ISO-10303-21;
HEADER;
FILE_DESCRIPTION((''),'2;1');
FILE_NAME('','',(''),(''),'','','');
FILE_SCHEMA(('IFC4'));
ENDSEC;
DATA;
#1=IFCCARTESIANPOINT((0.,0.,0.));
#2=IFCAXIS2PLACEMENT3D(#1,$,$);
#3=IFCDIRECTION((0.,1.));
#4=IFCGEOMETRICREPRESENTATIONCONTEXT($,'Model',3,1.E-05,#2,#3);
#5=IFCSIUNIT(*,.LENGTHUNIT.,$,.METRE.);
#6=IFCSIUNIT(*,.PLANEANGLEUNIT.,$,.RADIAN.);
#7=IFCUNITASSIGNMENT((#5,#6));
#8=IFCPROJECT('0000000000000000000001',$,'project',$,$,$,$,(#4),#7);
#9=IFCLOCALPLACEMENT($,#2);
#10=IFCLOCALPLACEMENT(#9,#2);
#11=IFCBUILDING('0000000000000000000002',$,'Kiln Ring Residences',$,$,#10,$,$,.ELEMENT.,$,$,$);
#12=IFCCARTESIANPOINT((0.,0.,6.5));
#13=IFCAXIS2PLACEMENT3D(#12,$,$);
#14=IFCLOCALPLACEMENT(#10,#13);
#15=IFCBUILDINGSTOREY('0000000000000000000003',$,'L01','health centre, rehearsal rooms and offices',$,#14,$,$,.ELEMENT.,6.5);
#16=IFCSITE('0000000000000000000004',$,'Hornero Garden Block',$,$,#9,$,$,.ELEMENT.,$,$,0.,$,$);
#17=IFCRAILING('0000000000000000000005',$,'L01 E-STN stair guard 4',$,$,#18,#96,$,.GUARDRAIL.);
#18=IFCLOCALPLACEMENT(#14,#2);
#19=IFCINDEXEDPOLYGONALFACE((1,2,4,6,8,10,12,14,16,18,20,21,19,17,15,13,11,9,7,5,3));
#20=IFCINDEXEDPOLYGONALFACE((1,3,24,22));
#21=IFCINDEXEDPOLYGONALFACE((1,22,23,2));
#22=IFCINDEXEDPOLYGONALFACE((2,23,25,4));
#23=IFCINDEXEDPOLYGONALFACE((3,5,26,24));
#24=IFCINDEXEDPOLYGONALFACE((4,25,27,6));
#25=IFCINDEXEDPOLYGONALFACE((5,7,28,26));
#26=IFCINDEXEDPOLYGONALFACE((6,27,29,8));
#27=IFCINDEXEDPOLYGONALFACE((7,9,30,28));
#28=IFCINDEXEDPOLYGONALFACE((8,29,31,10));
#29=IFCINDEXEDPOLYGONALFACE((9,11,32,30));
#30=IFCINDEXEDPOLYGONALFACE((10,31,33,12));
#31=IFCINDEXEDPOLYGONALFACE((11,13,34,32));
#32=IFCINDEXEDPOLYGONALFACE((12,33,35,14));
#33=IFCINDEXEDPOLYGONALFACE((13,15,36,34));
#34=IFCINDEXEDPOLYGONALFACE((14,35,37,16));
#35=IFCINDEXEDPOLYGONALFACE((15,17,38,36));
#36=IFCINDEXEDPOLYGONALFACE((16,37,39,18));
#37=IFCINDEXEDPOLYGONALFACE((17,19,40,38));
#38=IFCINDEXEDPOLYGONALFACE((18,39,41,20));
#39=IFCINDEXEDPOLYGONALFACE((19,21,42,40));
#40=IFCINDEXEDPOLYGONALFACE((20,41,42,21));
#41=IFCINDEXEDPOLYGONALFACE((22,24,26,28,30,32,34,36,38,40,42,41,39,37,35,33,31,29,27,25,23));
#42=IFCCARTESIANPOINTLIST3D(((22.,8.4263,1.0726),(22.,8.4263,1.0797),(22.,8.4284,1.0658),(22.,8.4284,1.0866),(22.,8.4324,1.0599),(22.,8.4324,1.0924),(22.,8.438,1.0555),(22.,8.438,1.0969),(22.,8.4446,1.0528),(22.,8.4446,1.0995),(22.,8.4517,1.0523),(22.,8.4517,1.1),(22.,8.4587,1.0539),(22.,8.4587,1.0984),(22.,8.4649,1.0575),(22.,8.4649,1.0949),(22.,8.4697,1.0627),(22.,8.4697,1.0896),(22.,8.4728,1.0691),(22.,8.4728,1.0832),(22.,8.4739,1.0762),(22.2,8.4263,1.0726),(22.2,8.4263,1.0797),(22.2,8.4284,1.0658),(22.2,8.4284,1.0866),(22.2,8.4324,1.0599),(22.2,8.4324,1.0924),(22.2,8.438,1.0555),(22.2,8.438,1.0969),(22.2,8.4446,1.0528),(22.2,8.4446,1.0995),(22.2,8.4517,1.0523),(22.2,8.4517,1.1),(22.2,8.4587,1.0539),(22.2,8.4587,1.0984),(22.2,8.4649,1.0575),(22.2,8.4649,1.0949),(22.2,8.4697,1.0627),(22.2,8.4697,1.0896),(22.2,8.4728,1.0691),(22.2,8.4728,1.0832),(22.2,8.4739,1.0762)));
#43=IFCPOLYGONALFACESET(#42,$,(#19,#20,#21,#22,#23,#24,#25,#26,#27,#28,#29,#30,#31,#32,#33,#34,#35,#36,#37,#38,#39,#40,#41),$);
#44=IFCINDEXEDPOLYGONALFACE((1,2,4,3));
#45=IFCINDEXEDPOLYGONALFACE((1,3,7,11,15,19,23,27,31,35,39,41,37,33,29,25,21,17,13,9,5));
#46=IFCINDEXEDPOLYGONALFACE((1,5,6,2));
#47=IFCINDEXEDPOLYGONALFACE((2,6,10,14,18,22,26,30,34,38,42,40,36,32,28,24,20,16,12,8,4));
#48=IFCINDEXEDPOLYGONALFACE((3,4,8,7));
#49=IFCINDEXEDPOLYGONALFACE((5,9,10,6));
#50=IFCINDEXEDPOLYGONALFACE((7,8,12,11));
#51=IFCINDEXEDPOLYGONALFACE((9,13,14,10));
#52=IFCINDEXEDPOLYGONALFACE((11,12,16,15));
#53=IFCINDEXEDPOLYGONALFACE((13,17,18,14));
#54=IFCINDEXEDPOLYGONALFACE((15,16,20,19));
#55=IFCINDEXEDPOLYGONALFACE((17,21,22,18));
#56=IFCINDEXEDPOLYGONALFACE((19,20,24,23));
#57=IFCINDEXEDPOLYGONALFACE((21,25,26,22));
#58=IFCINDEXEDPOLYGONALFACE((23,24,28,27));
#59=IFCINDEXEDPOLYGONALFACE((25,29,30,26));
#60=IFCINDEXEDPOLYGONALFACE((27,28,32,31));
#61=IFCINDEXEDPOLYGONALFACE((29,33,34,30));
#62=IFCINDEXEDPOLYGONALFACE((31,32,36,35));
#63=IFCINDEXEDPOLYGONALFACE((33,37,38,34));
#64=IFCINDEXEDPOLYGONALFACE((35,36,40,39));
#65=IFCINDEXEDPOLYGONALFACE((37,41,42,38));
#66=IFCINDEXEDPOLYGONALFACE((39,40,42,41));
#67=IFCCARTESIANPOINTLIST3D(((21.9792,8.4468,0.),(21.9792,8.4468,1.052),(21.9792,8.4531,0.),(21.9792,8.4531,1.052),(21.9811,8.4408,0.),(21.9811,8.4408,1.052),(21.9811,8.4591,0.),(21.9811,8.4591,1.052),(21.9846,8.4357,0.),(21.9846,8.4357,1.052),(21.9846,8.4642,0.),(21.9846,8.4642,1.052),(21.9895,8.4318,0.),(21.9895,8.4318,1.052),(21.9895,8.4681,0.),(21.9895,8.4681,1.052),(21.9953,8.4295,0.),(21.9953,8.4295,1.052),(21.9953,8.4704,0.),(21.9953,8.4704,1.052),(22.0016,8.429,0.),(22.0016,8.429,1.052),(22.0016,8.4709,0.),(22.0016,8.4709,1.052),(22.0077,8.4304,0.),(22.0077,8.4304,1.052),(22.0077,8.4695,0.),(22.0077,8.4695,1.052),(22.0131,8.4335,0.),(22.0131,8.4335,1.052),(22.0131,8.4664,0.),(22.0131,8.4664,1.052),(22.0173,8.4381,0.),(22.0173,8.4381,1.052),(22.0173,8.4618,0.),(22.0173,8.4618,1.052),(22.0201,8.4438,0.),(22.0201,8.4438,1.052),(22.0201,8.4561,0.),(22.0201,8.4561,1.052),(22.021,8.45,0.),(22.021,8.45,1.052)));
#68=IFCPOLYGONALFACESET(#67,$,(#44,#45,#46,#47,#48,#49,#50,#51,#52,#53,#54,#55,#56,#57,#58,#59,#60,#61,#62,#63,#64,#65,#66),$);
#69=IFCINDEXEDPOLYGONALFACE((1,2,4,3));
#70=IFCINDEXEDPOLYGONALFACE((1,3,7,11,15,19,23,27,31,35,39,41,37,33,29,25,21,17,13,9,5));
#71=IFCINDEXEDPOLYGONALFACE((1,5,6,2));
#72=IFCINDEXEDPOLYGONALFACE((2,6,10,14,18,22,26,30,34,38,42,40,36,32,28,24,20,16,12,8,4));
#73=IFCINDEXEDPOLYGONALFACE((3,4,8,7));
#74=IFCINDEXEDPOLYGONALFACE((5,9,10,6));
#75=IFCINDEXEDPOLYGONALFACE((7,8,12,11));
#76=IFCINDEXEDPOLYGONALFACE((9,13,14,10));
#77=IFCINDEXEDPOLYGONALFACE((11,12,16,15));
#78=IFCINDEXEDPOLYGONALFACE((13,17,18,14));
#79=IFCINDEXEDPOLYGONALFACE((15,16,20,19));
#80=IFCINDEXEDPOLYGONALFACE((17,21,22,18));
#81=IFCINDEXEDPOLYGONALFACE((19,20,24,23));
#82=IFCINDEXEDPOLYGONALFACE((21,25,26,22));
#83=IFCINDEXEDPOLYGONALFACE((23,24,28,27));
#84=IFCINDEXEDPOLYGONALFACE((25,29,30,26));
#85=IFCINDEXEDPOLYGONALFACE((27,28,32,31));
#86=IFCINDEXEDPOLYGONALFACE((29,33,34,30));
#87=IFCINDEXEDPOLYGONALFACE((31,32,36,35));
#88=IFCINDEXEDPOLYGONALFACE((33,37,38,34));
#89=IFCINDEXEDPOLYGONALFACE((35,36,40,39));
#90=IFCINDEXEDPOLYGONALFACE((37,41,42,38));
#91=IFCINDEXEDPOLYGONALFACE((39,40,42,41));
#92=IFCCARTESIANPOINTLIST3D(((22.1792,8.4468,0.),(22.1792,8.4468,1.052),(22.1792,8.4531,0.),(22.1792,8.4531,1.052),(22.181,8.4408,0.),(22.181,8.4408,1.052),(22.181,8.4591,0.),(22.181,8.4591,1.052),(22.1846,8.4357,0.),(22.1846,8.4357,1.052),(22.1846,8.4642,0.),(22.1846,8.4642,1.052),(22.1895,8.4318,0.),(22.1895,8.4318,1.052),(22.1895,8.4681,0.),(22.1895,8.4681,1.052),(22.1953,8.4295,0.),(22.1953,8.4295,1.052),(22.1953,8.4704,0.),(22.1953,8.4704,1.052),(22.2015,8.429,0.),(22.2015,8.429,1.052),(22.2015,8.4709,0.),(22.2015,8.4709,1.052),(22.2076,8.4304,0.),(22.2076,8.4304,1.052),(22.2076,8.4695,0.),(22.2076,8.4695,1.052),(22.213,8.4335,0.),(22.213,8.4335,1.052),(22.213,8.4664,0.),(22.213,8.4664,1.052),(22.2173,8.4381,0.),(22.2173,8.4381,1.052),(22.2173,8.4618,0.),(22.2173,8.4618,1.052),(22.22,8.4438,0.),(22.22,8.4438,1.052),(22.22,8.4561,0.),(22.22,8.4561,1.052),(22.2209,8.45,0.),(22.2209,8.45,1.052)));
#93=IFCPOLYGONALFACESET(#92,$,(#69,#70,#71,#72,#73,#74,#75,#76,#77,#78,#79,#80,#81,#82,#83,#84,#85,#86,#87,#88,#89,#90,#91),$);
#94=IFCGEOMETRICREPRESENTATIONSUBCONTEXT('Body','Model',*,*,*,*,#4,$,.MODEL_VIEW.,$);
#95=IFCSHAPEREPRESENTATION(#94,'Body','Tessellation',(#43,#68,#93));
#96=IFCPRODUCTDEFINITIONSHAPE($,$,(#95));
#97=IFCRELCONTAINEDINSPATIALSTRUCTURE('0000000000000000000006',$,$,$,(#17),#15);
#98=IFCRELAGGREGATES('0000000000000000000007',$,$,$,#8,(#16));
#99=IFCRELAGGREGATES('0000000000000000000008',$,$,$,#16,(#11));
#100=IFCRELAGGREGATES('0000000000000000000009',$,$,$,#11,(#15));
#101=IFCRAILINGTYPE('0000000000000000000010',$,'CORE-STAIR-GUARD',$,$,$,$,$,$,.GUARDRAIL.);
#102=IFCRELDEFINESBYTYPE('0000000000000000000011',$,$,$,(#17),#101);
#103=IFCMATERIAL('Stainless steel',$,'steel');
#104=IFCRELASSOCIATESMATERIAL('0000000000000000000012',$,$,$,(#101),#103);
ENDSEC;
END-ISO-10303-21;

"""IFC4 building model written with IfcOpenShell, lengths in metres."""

from ifc_helpers import new_model, si_unit, direction, frame, origin, origin_2d, place, context, subcontext, project, spatial, circle, extrude, material, type_object, element, save


model = new_model("IFC4")

# Units and contexts
model_context = context("Model", 3, precision=1e-05, world=origin(), true_north=direction((0.0, 1.0)))
body_context = subcontext(model_context, "Body", "Model", "MODEL_VIEW")
ifc_project = project(units=[si_unit("LENGTHUNIT", "METRE"), si_unit("PLANEANGLEUNIT", "RADIAN")], contexts=[model_context])

# Site, building, storey
site_placement = place(None, origin())
site = spatial("IfcSite", under=ifc_project, at=site_placement, Name="Hornero Garden Block", CompositionType="ELEMENT", RefElevation=0.0)
building_placement = place(site_placement, origin())
building = spatial("IfcBuilding", under=site, at=building_placement, Name="Kiln Ring Residences", CompositionType="ELEMENT")
storey_placement = place(building_placement, frame((0.0, 0.0, 6.5)))
storey = spatial("IfcBuildingStorey", under=building, at=storey_placement, Name="L01", Description="health centre, rehearsal rooms and offices", CompositionType="ELEMENT", Elevation=6.5)

# Railing
ifc_material_1 = material(Name="Stainless steel", Category="steel")
railing_type_1 = type_object("IfcRailingType", Name="CORE-STAIR-GUARD", PredefinedType="GUARDRAIL", material=ifc_material_1)
railing_1_placement = place(storey_placement, frame((22.0, 8.45, 0.0)))
element("IfcRailing", 1, at=railing_1_placement, inside=storey, type_object=railing_type_1, Name="L01 E-STN stair guard 4", PredefinedType="GUARDRAIL", context=body_context, shape_type="SweptSolid", body=[
    extrude(circle(Radius=0.0239, at=origin_2d()), frame((0.0, 0.0, 1.0762), z_axis=(1.0, 0.0, 0.0), x_axis=(0.0, 1.0, 0.0)), (0.0, 0.0, 1.0), 0.2),
    extrude(circle(Radius=0.021, at=origin_2d()), origin(), (0.0, 0.0, 1.0), 1.052),
    extrude(circle(Radius=0.021, at=origin_2d()), frame((0.2, 0.0, 0.0)), (0.0, 0.0, 1.0), 1.052),
])

save(model, "model.ifc")
